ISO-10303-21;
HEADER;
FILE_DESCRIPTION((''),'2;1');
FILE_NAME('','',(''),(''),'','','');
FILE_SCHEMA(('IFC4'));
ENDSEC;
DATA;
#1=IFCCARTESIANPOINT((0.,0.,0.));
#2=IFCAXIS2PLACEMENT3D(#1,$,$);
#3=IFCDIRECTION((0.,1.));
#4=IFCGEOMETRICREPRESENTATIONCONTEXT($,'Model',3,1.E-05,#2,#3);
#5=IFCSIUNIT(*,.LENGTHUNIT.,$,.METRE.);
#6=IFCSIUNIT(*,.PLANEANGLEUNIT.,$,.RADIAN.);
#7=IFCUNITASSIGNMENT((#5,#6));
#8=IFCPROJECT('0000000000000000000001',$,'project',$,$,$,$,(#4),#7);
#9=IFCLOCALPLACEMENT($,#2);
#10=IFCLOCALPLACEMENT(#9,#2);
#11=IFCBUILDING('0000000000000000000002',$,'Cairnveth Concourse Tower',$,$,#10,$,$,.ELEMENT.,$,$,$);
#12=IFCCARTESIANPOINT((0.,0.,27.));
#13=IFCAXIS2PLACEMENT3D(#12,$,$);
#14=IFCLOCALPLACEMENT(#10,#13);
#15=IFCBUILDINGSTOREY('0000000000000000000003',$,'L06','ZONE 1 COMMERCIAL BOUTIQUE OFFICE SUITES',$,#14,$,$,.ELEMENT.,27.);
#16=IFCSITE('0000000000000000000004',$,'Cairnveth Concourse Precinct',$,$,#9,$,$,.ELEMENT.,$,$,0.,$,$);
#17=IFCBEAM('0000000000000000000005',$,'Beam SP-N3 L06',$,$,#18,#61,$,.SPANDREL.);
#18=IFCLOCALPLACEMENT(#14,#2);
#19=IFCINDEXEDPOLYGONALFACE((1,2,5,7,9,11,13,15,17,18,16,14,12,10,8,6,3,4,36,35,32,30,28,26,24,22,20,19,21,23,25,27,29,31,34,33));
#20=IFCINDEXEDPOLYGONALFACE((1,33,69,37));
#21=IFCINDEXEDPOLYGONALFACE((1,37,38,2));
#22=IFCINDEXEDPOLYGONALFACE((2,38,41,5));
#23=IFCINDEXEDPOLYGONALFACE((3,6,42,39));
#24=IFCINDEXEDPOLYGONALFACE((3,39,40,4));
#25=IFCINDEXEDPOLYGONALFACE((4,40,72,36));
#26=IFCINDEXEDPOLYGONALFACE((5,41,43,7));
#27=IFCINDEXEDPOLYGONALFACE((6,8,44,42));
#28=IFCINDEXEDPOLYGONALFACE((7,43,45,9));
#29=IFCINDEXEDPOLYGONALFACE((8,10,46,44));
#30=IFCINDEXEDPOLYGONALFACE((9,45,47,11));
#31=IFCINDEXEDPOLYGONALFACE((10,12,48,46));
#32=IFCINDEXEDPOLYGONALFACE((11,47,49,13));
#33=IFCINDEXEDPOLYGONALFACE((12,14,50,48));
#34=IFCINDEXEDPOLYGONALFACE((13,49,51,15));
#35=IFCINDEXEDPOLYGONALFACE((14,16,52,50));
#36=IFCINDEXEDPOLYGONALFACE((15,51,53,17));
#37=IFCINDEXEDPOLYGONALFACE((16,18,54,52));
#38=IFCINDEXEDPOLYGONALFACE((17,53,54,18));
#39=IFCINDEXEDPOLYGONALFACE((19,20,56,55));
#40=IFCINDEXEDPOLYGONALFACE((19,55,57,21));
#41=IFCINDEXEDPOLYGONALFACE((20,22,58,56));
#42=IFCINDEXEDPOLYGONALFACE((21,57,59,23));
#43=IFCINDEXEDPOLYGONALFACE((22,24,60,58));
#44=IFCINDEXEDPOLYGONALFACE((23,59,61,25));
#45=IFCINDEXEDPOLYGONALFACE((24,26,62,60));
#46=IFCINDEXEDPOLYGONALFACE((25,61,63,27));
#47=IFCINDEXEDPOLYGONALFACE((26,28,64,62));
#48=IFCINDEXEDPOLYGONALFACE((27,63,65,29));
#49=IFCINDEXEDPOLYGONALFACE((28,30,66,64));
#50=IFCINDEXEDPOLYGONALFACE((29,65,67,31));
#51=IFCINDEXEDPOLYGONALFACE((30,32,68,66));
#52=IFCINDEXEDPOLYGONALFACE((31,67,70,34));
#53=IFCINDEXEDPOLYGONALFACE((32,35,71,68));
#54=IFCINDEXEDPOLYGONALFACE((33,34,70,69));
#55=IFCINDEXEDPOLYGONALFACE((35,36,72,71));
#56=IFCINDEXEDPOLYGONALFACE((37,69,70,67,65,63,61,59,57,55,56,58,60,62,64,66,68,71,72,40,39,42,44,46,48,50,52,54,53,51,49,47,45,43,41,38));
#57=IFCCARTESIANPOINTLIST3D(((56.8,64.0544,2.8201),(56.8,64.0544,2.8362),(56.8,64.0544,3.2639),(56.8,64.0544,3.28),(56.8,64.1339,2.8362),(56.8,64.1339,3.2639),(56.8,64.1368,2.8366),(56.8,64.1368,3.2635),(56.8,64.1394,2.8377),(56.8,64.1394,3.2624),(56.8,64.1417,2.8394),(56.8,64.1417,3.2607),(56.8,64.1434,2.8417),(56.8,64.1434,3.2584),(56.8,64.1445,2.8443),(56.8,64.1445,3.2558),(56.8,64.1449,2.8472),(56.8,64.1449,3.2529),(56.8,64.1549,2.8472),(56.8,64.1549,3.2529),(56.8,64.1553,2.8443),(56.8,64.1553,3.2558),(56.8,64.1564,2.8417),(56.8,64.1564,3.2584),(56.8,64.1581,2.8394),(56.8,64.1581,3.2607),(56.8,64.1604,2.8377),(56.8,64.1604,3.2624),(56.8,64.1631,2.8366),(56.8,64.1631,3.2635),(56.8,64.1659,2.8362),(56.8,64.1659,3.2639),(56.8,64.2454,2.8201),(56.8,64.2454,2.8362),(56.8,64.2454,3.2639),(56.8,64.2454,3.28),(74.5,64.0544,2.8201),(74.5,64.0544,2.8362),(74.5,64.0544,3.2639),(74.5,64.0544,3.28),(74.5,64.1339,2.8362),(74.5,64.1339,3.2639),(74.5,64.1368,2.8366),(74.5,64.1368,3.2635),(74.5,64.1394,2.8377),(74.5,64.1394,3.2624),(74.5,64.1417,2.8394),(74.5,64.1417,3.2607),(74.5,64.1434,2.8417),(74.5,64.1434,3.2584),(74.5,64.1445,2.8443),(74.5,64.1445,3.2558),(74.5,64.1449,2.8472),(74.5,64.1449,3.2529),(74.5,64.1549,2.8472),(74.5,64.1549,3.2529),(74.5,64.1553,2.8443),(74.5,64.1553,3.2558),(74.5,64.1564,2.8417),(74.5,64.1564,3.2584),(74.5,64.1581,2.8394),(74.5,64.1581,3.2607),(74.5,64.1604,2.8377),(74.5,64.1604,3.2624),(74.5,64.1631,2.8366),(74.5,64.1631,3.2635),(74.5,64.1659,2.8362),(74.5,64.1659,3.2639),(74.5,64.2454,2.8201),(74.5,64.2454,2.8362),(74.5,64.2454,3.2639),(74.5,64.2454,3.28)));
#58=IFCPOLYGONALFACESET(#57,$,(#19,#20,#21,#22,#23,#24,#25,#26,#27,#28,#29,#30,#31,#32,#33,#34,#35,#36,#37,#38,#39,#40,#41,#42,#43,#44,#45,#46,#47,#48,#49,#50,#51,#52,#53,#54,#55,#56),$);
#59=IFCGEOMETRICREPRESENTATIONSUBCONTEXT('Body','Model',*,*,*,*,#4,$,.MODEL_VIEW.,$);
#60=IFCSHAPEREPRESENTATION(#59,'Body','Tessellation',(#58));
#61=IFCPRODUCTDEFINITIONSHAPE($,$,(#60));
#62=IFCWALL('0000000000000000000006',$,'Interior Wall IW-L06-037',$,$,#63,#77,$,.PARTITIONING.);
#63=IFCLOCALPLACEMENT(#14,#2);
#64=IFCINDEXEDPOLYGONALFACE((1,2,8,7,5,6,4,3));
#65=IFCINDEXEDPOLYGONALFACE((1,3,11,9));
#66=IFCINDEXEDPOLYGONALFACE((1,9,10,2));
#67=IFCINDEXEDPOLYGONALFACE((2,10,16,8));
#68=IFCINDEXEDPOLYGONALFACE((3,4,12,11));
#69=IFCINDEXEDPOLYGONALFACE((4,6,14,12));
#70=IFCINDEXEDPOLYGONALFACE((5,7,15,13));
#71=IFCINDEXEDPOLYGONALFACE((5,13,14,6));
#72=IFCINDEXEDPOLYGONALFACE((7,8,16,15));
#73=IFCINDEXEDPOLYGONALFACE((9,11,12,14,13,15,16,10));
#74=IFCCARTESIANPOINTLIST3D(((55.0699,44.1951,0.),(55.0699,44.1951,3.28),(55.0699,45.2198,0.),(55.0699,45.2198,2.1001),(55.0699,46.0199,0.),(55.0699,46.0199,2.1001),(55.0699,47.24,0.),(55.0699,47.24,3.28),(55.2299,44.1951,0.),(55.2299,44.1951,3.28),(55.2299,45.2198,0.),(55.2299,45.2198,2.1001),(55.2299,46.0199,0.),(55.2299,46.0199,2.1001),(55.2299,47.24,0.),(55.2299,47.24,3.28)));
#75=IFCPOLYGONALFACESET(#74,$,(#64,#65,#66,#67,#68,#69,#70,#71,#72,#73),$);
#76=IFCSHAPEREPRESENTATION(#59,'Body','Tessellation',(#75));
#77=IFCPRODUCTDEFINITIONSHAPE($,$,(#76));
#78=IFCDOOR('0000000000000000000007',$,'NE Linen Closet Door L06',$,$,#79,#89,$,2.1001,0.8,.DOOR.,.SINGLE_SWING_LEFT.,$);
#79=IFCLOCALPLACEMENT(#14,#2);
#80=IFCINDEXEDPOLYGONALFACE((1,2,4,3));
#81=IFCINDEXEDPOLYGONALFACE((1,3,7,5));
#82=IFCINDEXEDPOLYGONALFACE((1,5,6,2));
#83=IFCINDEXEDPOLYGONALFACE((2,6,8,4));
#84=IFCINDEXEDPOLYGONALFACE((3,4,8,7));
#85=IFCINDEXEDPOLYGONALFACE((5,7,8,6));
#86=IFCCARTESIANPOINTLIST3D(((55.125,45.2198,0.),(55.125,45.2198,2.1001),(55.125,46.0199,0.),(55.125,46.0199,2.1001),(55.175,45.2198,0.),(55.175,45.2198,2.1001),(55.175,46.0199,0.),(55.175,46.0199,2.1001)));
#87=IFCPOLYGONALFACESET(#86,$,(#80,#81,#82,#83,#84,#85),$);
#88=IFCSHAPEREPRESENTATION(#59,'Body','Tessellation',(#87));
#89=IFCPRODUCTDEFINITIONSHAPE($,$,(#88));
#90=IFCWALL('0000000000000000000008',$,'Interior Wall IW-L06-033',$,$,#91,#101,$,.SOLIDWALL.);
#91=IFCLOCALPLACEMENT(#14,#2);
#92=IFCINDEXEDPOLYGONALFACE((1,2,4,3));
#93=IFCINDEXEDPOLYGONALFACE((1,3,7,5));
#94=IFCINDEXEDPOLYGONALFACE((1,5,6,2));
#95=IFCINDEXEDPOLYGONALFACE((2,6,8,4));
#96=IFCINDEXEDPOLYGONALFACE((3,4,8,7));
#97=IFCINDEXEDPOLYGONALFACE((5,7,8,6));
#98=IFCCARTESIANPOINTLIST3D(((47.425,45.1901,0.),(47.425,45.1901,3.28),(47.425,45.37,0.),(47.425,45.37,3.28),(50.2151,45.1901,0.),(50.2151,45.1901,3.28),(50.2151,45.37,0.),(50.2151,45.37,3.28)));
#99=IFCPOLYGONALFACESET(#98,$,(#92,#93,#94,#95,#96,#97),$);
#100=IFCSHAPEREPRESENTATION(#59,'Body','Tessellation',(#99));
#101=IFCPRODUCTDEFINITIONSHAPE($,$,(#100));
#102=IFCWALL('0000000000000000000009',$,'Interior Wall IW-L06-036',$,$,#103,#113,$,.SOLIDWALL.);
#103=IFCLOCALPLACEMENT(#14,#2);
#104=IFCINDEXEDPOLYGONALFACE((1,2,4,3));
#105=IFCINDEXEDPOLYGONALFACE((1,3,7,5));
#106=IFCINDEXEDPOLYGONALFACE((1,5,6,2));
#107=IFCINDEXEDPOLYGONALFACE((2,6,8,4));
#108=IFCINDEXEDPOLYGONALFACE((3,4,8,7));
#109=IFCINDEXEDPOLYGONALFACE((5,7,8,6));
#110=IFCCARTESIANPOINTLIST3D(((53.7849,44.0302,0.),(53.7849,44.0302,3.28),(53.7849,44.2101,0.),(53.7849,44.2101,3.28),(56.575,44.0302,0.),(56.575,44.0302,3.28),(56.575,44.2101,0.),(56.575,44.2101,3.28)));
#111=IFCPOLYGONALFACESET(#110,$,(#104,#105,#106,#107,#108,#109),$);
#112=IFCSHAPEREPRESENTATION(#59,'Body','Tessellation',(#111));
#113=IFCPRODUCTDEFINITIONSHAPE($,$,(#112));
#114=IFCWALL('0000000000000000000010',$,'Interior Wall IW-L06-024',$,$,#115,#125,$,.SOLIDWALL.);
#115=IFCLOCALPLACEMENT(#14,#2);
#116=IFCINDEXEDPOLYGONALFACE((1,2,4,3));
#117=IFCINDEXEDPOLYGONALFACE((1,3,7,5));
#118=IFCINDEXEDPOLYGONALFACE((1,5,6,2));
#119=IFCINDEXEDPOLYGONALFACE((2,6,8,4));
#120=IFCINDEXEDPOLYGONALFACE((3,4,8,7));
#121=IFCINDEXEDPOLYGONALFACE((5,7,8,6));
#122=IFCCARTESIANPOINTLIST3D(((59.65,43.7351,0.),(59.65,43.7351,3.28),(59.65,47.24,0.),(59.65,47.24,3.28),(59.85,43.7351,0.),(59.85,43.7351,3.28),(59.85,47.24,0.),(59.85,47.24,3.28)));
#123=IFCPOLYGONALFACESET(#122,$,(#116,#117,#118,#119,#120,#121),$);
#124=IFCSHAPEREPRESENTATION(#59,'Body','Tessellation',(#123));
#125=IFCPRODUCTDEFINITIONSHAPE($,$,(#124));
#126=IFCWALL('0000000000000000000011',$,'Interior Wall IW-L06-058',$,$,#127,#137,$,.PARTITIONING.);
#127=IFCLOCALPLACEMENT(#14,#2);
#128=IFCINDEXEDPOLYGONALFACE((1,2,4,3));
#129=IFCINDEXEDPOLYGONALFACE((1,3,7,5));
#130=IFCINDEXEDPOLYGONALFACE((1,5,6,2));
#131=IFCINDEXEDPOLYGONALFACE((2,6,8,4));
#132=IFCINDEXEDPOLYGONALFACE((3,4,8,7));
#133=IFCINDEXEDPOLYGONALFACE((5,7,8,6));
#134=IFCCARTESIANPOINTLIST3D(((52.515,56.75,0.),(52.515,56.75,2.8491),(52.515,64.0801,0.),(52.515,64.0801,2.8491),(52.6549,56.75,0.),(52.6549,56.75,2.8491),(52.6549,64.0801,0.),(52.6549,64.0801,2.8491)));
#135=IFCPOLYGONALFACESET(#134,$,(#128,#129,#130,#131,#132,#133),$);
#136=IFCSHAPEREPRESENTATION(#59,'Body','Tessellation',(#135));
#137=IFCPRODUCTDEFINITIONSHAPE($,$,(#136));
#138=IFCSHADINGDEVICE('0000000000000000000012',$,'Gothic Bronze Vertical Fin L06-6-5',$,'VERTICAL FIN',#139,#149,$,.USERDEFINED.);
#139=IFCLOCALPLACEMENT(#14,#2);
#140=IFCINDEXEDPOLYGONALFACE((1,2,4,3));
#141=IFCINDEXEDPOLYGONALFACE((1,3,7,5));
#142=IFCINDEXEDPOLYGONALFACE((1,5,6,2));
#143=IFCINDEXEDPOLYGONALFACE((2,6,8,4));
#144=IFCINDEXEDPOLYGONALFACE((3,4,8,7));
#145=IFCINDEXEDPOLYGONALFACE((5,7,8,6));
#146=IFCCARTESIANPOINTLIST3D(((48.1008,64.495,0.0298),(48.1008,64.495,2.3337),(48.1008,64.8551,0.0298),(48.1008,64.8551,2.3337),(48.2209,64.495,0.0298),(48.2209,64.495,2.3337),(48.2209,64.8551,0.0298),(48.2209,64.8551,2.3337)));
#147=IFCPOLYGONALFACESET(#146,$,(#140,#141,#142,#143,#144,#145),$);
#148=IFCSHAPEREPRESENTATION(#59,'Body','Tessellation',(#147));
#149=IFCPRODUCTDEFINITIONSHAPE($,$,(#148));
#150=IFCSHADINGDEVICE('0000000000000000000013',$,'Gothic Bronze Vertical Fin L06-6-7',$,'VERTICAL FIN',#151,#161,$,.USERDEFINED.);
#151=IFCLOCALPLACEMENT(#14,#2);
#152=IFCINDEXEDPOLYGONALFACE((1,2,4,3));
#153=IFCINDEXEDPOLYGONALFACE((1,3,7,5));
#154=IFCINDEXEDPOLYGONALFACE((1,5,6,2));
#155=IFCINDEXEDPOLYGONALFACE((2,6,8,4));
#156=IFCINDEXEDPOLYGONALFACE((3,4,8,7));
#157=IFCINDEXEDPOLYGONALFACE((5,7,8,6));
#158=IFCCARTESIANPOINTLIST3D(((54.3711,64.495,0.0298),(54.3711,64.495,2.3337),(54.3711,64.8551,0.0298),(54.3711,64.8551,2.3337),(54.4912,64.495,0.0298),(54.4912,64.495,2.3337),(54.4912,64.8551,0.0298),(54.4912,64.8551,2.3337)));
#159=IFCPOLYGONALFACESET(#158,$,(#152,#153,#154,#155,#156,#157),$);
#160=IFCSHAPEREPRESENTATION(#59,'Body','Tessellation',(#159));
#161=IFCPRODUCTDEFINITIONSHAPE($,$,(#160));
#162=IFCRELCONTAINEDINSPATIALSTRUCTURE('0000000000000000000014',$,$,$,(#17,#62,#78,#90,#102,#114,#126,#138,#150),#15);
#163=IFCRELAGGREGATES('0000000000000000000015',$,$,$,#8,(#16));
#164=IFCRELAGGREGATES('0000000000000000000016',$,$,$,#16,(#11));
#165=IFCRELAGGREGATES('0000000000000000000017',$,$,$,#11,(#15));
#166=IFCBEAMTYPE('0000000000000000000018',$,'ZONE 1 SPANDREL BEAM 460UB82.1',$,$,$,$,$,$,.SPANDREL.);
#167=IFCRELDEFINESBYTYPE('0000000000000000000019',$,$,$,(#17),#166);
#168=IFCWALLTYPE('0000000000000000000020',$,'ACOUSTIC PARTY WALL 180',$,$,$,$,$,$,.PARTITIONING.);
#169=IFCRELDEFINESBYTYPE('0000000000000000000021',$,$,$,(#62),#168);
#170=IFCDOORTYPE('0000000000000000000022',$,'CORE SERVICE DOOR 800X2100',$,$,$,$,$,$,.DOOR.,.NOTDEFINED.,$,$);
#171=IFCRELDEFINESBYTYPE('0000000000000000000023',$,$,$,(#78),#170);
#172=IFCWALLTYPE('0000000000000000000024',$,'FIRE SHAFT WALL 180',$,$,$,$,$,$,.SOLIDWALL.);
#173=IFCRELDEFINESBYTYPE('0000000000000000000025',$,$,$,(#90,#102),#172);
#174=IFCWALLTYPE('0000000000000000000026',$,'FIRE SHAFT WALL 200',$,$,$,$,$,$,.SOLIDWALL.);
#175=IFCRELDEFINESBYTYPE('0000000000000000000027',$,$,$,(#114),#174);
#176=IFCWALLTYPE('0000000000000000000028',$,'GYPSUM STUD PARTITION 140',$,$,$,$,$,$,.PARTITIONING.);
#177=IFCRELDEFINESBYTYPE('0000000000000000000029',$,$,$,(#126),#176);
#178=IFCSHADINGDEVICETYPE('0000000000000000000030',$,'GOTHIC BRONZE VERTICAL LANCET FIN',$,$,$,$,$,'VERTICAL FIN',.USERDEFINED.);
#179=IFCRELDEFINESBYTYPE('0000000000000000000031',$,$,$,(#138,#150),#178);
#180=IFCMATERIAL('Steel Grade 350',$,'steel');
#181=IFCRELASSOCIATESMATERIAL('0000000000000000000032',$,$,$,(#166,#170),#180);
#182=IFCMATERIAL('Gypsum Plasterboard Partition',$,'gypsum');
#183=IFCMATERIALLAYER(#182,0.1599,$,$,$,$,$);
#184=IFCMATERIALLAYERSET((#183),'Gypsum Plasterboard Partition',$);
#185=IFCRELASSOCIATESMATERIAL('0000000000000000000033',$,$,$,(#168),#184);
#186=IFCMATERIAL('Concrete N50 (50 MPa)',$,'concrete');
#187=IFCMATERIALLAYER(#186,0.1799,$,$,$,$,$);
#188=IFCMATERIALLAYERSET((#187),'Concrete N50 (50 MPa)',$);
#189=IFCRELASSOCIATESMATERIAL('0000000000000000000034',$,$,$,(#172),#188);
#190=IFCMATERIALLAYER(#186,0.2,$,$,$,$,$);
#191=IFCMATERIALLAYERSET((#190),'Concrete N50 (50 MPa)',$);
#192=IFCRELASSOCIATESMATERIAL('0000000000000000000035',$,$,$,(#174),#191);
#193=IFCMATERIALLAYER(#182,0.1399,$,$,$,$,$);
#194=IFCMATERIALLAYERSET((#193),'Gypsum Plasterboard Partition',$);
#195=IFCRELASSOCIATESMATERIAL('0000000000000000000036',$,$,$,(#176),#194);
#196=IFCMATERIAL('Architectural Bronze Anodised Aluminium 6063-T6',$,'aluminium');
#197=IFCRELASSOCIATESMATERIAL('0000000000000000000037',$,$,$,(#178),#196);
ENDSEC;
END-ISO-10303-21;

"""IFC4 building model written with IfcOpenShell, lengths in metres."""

from ifc_helpers import new_model, si_unit, direction, frame, frame_2d, origin, origin_2d, place, context, subcontext, project, spatial, rectangle, i_section, extrude, material, layer, layer_set, material_profile, profile_set, type_object, element, fill, save


model = new_model("IFC4")

# Units and contexts
model_context = context("Model", 3, precision=1e-05, world=origin(), true_north=direction((0.0, 1.0)))
body_context = subcontext(model_context, "Body", "Model", "MODEL_VIEW")
ifc_project = project(units=[si_unit("LENGTHUNIT", "METRE"), si_unit("PLANEANGLEUNIT", "RADIAN")], contexts=[model_context])

# Site, building, storey
site_placement = place(None, origin())
site = spatial("IfcSite", under=ifc_project, at=site_placement, Name="Cairnveth Concourse Precinct", CompositionType="ELEMENT", RefElevation=0.0)
building_placement = place(site_placement, origin())
building = spatial("IfcBuilding", under=site, at=building_placement, Name="Cairnveth Concourse Tower", CompositionType="ELEMENT")
storey_placement = place(building_placement, frame((0.0, 0.0, 27.0)))
storey = spatial("IfcBuildingStorey", under=building, at=storey_placement, Name="L06", Description="ZONE 1 COMMERCIAL BOUTIQUE OFFICE SUITES", CompositionType="ELEMENT", Elevation=27.0)

# Beam
ifc_material_1 = material(Name="Steel Grade 350", Category="steel")
ifc_material_profile_1 = material_profile(ifc_material_1, i_section(OverallWidth=0.1909, OverallDepth=0.46, WebThickness=0.01, FlangeThickness=0.0161, FilletRadius=0.011, at=origin_2d()), Name="460UB82.1")
ifc_profile_set_1 = profile_set([ifc_material_profile_1], Name="Steel Grade 350")
beam_type_1 = type_object("IfcBeamType", Name="ZONE 1 SPANDREL BEAM 460UB82.1", PredefinedType="SPANDREL", material=ifc_profile_set_1)
beam_1_placement = place(storey_placement, frame((56.8, 64.1499, 3.05), z_axis=(1.0, 0.0, 0.0), x_axis=(0.0, 1.0, 0.0)))
element("IfcBeam", 1, at=beam_1_placement, inside=storey, type_object=beam_type_1, Name="Beam SP-N3 L06", PredefinedType="SPANDREL", context=body_context, shape_type="SweptSolid", body=[
    extrude(i_section(OverallWidth=0.1909, OverallDepth=0.46, WebThickness=0.01, FlangeThickness=0.0161, FilletRadius=0.011, at=origin_2d()), origin(), (0.0, 0.0, 1.0), 17.7),
])

# Wall, opening, door
ifc_material_2 = material(Name="Gypsum Plasterboard Partition", Category="gypsum")
ifc_layer_1 = layer(ifc_material_2, 0.1599)
ifc_layer_set_1 = layer_set([ifc_layer_1], Name="Gypsum Plasterboard Partition")
wall_type_1 = type_object("IfcWallType", Name="ACOUSTIC PARTY WALL 180", PredefinedType="PARTITIONING", material=ifc_layer_set_1)
wall_1_placement = place(storey_placement, frame((55.1499, 44.1951, 0.0), z_axis=(0.0, 0.0, 1.0), x_axis=(0.0, 1.0, 0.0)))
wall_1 = element("IfcWall", 2, at=wall_1_placement, inside=storey, type_object=wall_type_1, Name="Interior Wall IW-L06-037", PredefinedType="PARTITIONING", context=body_context, shape_type="SweptSolid", body=[
    extrude(rectangle(XDim=3.0449, YDim=0.1599, at=frame_2d((1.5225, 0.0))), origin(), (0.0, 0.0, 1.0), 3.28),
])
opening_placement = place(wall_1_placement, frame((1.0249, 0.0, 0.0)))
opening = element("IfcOpeningElement", 3, at=opening_placement, cuts=wall_1, PredefinedType="OPENING", context=body_context, shape_type="SweptSolid", body=[
    extrude(rectangle(XDim=0.8, YDim=2.1001, at=frame_2d((0.3999, 1.05))), frame((0.0, 0.0898, 0.0), z_axis=(0.0, -1.0, 0.0), x_axis=(1.0, 0.0, 0.0)), (0.0, 0.0, 1.0), 0.1799),
])
door_type = type_object("IfcDoorType", Name="CORE SERVICE DOOR 800X2100", OperationType="NOTDEFINED", PredefinedType="DOOR", material=ifc_material_1)
door_placement = place(opening_placement, origin())
door = element("IfcDoor", 4, at=door_placement, inside=storey, type_object=door_type, Name="NE Linen Closet Door L06", OperationType="SINGLE_SWING_LEFT", OverallHeight=2.1001, OverallWidth=0.8, PredefinedType="DOOR", context=body_context, shape_type="SweptSolid", body=[
    extrude(rectangle(XDim=0.8, YDim=2.1001, at=frame_2d((0.3999, 1.05))), frame((0.0, 0.0249, 0.0), z_axis=(0.0, -1.0, 0.0), x_axis=(1.0, 0.0, 0.0)), (0.0, 0.0, 1.0), 0.05),
])
fill(opening, door)

# Walls
ifc_material_3 = material(Name="Concrete N50 (50 MPa)", Category="concrete")
ifc_layer_2 = layer(ifc_material_3, 0.1799)
ifc_layer_set_2 = layer_set([ifc_layer_2], Name="Concrete N50 (50 MPa)")
wall_type_2 = type_object("IfcWallType", Name="FIRE SHAFT WALL 180", PredefinedType="SOLIDWALL", material=ifc_layer_set_2)
for number, where, z_axis, x_axis, name in (
    (5, (47.425, 45.28, 0.0), (0.0, 0.0, 1.0), (1.0, 0.0, 0.0), "Interior Wall IW-L06-033"),
    (6, (53.7849, 44.1201, 0.0), (0.0, 0.0, 1.0), (1.0, 0.0, 0.0), "Interior Wall IW-L06-036"),
):
    element("IfcWall", number, at=place(storey_placement, frame(where, z_axis=z_axis, x_axis=x_axis)), inside=storey, type_object=wall_type_2, Name=name, PredefinedType="SOLIDWALL", context=body_context, shape_type="SweptSolid", body=[
        extrude(rectangle(XDim=2.79, YDim=0.1799, at=frame_2d((1.395, 0.0))), origin(), (0.0, 0.0, 1.0), 3.28),
    ])
ifc_layer_3 = layer(ifc_material_3, 0.2)
ifc_layer_set_3 = layer_set([ifc_layer_3], Name="Concrete N50 (50 MPa)")
wall_type_3 = type_object("IfcWallType", Name="FIRE SHAFT WALL 200", PredefinedType="SOLIDWALL", material=ifc_layer_set_3)
wall_2_placement = place(storey_placement, frame((59.75, 43.7351, 0.0), z_axis=(0.0, 0.0, 1.0), x_axis=(0.0, 1.0, 0.0)))
element("IfcWall", 7, at=wall_2_placement, inside=storey, type_object=wall_type_3, Name="Interior Wall IW-L06-024", PredefinedType="SOLIDWALL", context=body_context, shape_type="SweptSolid", body=[
    extrude(rectangle(XDim=3.5049, YDim=0.2, at=frame_2d((1.7524, 0.0))), origin(), (0.0, 0.0, 1.0), 3.28),
])
ifc_layer_4 = layer(ifc_material_2, 0.1399)
ifc_layer_set_4 = layer_set([ifc_layer_4], Name="Gypsum Plasterboard Partition")
wall_type_4 = type_object("IfcWallType", Name="GYPSUM STUD PARTITION 140", PredefinedType="PARTITIONING", material=ifc_layer_set_4)
wall_3_placement = place(storey_placement, frame((52.585, 56.75, 0.0), z_axis=(0.0, 0.0, 1.0), x_axis=(0.0, 1.0, 0.0)))
element("IfcWall", 8, at=wall_3_placement, inside=storey, type_object=wall_type_4, Name="Interior Wall IW-L06-058", PredefinedType="PARTITIONING", context=body_context, shape_type="SweptSolid", body=[
    extrude(rectangle(XDim=7.3301, YDim=0.1399, at=frame_2d((3.665, 0.0))), origin(), (0.0, 0.0, 1.0), 2.8491),
])

# Shading devices
ifc_material_4 = material(Name="Architectural Bronze Anodised Aluminium 6063-T6", Category="aluminium")
shading_device_type = type_object("IfcShadingDeviceType", Name="GOTHIC BRONZE VERTICAL LANCET FIN", ElementType="VERTICAL FIN", PredefinedType="USERDEFINED", material=ifc_material_4)
for number, where, z_axis, x_axis, name in (
    (9, (48.1609, 64.675, 0.0298), (0.0, 0.0, 1.0), (1.0, 0.0, 0.0), "Gothic Bronze Vertical Fin L06-6-5"),
    (10, (54.4312, 64.675, 0.0298), (0.0, 0.0, 1.0), (1.0, 0.0, 0.0), "Gothic Bronze Vertical Fin L06-6-7"),
):
    element("IfcShadingDevice", number, at=place(storey_placement, frame(where, z_axis=z_axis, x_axis=x_axis)), inside=storey, type_object=shading_device_type, Name=name, ObjectType="VERTICAL FIN", PredefinedType="USERDEFINED", context=body_context, shape_type="SweptSolid", body=[
        extrude(rectangle(XDim=0.1201, YDim=0.3601, at=origin_2d()), origin(), (0.0, 0.0, 1.0), 2.304),
    ])

save(model, "model.ifc")
